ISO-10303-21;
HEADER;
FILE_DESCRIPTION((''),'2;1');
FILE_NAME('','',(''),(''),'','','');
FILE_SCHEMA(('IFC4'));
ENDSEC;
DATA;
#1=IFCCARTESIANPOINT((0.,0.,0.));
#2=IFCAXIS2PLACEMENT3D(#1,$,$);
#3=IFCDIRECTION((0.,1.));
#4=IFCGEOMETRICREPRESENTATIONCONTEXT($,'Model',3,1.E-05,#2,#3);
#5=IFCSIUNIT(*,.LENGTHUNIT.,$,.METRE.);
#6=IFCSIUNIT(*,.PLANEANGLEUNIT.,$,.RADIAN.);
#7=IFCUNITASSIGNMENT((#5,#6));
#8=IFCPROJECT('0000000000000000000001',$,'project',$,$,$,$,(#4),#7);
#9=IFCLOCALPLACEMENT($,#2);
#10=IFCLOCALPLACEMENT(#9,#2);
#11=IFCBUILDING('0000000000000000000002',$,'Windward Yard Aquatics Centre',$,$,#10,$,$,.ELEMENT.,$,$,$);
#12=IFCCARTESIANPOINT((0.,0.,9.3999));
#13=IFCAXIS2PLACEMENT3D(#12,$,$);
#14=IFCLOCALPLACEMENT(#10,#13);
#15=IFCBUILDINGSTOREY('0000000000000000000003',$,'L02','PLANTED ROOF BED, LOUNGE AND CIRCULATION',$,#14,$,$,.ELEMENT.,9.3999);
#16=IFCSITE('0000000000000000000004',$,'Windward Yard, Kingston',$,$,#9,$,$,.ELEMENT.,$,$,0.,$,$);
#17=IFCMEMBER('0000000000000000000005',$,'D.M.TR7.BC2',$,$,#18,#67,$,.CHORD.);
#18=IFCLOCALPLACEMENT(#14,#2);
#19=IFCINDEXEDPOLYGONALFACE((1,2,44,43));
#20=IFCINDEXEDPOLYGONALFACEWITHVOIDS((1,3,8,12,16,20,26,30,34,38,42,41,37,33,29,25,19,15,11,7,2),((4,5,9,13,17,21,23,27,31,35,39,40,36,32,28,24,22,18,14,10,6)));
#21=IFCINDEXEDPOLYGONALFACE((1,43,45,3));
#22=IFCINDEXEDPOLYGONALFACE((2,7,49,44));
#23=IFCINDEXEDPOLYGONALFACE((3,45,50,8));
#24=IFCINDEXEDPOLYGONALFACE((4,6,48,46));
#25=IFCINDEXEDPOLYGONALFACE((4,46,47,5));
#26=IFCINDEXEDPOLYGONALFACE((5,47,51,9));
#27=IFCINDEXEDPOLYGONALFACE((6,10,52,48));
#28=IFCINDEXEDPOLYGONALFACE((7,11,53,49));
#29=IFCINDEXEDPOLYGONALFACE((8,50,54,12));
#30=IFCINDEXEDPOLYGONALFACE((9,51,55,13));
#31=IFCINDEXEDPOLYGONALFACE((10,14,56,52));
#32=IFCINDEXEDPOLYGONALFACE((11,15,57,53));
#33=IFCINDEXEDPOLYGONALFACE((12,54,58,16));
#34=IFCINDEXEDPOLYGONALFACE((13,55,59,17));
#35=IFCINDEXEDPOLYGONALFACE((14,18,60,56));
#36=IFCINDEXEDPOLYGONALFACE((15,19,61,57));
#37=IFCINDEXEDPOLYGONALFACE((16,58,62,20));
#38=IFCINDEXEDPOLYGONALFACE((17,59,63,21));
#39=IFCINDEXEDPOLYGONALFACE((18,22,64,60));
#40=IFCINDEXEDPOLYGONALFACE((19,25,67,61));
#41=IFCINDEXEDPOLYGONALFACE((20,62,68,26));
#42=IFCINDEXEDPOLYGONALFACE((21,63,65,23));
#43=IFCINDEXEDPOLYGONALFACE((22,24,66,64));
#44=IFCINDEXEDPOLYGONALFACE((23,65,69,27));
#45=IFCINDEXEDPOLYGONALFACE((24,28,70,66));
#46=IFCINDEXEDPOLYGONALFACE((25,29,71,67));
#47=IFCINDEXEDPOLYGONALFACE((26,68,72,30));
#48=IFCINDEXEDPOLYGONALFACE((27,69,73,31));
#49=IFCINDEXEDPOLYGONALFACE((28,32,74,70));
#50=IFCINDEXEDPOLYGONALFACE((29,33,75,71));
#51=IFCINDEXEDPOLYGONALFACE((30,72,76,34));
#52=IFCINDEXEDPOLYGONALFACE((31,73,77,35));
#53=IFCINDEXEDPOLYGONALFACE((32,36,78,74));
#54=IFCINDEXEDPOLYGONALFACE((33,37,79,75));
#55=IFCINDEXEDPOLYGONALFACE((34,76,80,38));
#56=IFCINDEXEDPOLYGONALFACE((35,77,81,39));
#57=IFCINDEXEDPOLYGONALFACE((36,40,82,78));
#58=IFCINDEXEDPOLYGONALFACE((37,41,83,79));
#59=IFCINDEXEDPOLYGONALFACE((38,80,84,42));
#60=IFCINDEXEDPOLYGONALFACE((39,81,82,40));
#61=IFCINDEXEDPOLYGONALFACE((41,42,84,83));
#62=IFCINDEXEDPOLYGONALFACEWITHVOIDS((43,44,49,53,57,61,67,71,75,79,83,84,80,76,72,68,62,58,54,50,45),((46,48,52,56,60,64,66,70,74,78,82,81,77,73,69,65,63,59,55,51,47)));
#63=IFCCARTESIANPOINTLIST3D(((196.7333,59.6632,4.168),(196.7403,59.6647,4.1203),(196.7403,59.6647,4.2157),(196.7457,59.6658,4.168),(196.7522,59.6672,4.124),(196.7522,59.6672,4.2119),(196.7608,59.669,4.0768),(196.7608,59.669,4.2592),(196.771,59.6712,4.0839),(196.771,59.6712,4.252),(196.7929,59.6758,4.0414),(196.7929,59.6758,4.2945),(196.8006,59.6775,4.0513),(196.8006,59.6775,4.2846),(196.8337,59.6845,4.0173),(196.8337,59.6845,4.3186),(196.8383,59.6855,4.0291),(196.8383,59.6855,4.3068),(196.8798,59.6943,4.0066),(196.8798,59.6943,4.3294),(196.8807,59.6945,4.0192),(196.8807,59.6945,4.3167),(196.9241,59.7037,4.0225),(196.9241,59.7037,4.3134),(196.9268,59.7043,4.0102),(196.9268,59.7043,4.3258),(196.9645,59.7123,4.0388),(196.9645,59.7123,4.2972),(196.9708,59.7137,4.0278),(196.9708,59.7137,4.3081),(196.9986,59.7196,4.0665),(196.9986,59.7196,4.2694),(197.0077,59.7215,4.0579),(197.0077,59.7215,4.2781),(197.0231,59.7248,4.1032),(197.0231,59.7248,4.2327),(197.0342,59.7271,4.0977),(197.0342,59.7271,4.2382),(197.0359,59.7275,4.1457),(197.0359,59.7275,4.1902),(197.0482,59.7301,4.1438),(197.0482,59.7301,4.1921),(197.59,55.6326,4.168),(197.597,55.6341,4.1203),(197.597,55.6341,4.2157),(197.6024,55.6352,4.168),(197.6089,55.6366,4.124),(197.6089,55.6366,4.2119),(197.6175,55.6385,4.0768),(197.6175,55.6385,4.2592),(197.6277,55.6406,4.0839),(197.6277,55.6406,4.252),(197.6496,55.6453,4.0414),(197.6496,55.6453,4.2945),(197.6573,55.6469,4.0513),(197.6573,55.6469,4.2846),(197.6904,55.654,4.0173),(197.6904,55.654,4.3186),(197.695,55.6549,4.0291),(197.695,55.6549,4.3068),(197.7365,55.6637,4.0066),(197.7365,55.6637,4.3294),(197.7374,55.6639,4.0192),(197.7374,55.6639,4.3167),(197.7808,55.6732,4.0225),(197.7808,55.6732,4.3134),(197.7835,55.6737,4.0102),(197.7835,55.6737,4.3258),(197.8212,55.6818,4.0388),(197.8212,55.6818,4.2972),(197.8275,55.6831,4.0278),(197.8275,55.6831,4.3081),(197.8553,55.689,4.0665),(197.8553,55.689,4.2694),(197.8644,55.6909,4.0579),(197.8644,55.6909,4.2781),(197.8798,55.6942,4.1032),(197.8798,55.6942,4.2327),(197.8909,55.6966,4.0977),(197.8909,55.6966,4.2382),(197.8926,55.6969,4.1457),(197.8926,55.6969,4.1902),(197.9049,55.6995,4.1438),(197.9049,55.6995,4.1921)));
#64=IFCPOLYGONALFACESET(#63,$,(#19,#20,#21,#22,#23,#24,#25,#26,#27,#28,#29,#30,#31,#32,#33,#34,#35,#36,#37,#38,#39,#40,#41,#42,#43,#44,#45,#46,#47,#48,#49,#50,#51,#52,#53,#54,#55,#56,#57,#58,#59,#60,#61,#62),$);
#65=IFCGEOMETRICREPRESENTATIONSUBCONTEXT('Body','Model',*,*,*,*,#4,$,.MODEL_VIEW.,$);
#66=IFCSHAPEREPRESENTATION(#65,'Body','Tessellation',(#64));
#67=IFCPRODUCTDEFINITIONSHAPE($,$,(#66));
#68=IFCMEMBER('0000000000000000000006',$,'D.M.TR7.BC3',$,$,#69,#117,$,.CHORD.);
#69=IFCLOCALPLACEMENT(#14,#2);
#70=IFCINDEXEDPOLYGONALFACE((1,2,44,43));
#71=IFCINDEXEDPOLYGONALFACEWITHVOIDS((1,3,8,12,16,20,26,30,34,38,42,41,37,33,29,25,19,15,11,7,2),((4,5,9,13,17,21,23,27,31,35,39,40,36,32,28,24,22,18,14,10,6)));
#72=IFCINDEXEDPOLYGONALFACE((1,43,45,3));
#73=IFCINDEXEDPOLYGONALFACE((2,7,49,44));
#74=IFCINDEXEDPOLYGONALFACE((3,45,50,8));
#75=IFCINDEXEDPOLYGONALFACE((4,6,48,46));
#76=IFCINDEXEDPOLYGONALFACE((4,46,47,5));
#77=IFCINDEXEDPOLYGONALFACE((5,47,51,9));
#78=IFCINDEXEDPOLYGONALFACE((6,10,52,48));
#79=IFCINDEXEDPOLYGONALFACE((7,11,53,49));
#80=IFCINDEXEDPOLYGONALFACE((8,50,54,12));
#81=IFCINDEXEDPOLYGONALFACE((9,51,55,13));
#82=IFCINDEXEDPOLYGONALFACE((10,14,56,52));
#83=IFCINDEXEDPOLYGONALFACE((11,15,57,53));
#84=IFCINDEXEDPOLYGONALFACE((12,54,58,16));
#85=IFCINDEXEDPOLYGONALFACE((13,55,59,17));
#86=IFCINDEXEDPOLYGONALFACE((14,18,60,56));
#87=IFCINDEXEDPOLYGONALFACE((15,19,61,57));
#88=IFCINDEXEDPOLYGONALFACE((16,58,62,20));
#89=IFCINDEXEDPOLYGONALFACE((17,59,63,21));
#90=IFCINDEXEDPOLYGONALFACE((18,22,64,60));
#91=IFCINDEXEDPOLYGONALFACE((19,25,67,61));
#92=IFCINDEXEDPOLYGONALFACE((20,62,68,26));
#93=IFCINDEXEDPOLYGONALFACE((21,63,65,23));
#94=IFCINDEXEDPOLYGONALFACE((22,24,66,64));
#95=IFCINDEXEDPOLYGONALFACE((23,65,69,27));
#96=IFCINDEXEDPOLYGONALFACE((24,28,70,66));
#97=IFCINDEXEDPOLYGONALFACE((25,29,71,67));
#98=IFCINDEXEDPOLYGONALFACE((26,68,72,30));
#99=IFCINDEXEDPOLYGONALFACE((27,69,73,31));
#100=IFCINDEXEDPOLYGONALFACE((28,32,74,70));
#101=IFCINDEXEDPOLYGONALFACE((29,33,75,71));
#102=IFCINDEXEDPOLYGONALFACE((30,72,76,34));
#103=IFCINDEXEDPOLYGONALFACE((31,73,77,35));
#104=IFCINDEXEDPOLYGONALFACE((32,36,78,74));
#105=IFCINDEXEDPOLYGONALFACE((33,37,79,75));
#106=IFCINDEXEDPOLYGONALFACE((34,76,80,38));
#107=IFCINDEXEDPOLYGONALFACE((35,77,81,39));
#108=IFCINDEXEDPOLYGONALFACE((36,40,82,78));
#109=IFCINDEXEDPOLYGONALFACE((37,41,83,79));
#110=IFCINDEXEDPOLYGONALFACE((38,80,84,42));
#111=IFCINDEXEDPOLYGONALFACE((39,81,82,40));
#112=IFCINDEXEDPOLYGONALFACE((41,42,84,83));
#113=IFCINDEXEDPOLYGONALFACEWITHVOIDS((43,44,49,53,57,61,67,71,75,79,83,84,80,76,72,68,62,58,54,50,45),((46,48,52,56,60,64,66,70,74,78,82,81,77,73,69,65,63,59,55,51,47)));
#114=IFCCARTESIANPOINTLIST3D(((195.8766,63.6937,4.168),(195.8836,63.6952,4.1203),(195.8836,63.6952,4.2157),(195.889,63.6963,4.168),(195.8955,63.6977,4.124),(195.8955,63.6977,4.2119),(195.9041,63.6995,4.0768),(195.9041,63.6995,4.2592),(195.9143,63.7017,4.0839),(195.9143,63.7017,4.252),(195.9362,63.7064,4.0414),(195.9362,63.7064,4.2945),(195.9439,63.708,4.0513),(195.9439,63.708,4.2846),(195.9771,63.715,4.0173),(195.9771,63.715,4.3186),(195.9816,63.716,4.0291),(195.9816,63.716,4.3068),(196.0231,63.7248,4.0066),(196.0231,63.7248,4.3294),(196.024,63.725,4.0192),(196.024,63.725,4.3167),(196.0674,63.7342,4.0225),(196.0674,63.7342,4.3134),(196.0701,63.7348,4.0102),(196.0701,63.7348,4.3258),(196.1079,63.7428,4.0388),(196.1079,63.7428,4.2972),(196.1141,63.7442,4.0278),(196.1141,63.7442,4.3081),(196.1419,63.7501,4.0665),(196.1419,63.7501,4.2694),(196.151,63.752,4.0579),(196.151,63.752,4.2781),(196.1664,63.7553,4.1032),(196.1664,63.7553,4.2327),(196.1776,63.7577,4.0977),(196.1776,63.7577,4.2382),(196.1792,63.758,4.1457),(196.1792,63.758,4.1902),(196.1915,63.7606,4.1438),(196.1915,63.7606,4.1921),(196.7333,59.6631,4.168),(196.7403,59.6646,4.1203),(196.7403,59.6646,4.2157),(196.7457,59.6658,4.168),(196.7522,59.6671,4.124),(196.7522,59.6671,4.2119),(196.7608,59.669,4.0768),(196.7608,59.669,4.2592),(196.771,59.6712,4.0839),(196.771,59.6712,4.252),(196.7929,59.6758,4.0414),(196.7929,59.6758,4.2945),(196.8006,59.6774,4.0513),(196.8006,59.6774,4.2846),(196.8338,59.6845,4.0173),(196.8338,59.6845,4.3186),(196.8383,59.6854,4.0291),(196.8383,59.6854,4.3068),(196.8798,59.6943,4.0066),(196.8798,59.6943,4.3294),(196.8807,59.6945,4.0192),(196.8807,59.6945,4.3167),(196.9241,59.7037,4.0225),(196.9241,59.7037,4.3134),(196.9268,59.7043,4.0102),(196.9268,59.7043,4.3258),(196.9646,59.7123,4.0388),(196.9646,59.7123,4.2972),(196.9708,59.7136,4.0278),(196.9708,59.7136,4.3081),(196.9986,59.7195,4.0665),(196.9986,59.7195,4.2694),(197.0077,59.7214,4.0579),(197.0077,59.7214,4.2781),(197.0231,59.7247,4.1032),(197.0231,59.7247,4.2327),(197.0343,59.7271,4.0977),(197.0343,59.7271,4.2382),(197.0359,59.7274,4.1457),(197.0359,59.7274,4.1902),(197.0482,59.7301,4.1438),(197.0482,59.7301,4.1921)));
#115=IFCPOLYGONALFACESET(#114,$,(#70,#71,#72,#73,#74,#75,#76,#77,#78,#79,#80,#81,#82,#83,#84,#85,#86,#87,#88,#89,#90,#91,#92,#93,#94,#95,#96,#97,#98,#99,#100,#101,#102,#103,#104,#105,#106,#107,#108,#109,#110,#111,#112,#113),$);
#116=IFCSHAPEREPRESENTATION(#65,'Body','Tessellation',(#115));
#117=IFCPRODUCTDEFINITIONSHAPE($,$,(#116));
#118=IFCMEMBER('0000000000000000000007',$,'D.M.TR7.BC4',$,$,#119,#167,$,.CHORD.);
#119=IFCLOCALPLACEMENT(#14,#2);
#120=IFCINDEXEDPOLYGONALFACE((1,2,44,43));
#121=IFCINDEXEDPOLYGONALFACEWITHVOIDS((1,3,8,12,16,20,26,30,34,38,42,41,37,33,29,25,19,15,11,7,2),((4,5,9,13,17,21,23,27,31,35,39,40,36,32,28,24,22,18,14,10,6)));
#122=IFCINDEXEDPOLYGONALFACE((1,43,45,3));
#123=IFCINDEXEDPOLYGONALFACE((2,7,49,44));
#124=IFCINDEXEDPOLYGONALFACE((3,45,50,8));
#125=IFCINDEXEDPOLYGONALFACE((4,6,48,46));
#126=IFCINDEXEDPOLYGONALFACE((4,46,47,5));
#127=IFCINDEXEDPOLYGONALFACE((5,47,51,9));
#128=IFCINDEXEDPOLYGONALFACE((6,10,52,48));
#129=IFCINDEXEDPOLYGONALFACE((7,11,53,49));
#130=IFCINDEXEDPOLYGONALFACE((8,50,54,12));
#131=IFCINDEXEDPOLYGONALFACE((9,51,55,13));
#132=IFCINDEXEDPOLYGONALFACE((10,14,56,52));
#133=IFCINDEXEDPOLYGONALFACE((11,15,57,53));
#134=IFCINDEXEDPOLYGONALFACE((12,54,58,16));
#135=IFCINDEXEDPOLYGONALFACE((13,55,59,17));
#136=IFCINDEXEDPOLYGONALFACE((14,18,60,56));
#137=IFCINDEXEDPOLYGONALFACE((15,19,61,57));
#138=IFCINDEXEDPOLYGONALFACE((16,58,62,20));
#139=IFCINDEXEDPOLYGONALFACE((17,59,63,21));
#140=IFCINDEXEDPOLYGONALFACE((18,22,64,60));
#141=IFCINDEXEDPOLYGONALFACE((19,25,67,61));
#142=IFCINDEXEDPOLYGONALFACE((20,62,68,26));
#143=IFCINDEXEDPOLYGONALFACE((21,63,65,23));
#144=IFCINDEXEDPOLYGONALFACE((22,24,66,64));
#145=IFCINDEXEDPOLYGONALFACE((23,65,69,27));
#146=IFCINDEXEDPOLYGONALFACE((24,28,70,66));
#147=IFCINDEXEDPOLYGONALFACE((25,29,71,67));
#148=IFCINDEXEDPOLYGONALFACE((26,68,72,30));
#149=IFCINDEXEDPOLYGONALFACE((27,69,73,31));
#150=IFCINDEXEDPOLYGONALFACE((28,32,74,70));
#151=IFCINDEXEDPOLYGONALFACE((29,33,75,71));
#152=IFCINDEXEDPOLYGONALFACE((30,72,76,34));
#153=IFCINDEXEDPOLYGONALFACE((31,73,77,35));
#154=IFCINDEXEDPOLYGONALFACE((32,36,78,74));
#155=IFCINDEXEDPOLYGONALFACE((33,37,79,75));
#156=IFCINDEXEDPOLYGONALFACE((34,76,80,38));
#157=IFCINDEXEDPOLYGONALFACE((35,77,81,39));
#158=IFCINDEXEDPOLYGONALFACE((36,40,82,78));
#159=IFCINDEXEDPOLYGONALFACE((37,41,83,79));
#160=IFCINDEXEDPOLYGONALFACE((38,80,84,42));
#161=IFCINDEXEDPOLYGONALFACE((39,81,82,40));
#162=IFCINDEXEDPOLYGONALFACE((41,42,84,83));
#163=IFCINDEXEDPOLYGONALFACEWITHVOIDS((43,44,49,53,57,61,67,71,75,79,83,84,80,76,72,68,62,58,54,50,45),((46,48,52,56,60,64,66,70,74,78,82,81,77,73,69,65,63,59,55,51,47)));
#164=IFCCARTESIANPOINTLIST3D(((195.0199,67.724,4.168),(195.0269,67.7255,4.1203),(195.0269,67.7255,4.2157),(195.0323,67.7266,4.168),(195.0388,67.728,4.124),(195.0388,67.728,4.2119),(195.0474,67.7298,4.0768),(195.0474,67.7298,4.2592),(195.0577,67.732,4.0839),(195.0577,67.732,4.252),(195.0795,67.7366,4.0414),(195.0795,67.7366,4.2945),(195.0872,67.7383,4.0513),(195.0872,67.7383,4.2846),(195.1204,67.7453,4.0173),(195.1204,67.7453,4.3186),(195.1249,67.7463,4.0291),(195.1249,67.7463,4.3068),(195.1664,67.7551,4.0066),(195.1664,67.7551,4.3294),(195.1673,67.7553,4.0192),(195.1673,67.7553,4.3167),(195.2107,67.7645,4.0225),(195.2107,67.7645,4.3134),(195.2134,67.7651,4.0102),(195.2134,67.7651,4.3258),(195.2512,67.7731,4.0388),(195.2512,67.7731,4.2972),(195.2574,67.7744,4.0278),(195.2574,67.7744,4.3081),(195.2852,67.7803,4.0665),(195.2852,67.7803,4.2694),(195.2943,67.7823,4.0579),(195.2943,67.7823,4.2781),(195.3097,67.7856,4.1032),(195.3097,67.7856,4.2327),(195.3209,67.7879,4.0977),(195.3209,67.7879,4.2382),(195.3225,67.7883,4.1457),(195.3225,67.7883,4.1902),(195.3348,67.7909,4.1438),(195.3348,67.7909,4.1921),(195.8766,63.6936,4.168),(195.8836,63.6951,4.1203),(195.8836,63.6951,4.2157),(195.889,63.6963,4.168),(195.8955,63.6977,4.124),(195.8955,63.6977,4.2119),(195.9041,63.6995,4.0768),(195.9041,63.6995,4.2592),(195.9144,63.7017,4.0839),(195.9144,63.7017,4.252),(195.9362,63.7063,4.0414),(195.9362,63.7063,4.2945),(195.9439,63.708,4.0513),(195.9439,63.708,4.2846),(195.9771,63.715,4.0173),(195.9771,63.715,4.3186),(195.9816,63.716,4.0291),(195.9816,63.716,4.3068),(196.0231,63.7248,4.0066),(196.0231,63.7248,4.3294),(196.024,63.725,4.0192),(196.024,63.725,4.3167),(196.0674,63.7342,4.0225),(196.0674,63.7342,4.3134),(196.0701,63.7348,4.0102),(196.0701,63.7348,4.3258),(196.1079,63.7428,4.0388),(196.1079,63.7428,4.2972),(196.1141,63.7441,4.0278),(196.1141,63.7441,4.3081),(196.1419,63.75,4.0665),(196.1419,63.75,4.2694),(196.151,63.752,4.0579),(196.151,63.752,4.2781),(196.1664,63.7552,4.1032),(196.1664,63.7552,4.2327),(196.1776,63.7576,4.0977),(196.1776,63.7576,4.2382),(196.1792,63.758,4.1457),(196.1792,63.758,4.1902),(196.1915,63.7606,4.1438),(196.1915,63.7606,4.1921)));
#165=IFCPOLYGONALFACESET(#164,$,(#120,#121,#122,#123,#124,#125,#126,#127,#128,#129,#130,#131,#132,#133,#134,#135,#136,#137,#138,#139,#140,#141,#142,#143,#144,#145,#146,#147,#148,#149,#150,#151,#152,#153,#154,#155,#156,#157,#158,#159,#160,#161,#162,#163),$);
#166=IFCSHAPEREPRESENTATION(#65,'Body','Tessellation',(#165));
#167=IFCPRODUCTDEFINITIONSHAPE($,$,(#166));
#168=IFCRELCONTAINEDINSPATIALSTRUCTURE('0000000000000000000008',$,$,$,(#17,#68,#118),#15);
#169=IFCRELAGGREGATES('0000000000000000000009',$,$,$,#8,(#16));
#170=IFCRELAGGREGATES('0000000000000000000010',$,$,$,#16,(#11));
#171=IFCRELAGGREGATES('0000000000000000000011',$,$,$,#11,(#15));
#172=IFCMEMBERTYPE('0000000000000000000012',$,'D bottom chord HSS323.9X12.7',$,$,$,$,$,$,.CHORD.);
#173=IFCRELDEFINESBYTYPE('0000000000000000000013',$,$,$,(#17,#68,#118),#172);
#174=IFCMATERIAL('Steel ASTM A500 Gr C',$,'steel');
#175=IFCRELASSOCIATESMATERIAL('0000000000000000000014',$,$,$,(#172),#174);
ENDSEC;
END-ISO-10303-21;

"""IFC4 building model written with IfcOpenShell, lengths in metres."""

from ifc_helpers import new_model, si_unit, direction, frame, origin, origin_2d, place, context, subcontext, project, spatial, hollow_circle, extrude, material, material_profile, profile_set, type_object, element, save


model = new_model("IFC4")

# Units and contexts
model_context = context("Model", 3, precision=1e-05, world=origin(), true_north=direction((0.0, 1.0)))
body_context = subcontext(model_context, "Body", "Model", "MODEL_VIEW")
ifc_project = project(units=[si_unit("LENGTHUNIT", "METRE"), si_unit("PLANEANGLEUNIT", "RADIAN")], contexts=[model_context])

# Site, building, storey
site_placement = place(None, origin())
site = spatial("IfcSite", under=ifc_project, at=site_placement, Name="Windward Yard, Kingston", CompositionType="ELEMENT", RefElevation=0.0)
building_placement = place(site_placement, origin())
building = spatial("IfcBuilding", under=site, at=building_placement, Name="Windward Yard Aquatics Centre", CompositionType="ELEMENT")
storey_placement = place(building_placement, frame((0.0, 0.0, 9.3999)))
storey = spatial("IfcBuildingStorey", under=building, at=storey_placement, Name="L02", Description="PLANTED ROOF BED, LOUNGE AND CIRCULATION", CompositionType="ELEMENT", Elevation=9.3999)

# Shared definitions
ifc_material_1 = material(Name="Steel ASTM A500 Gr C", Category="steel")

# Members
ifc_material_profile_1 = material_profile(ifc_material_1, hollow_circle(Radius=0.1619, WallThickness=0.0127, at=origin_2d()), Name="HSS323.9X12.7")
ifc_profile_set_1 = profile_set([ifc_material_profile_1], Name="Steel ASTM A500 Gr C")
member_type = type_object("IfcMemberType", Name="D bottom chord HSS323.9X12.7", PredefinedType="CHORD", material=ifc_profile_set_1)
for number, where, z_axis, x_axis, name in (
    (1, (197.7483, 55.6663, 4.168), (-0.207906, 0.978149, 0.0), (-0.978149, -0.207906, 0.0), "D.M.TR7.BC2"),
    (2, (196.8916, 59.6968, 4.168), (-0.207906, 0.978149, 0.0), (-0.978149, -0.207906, 0.0), "D.M.TR7.BC3"),
):
    element("IfcMember", number, at=place(storey_placement, frame(where, z_axis=z_axis, x_axis=x_axis)), inside=storey, type_object=member_type, Name=name, PredefinedType="CHORD", context=body_context, shape_type="SweptSolid", body=[
        extrude(hollow_circle(Radius=0.1619, WallThickness=0.0127, at=origin_2d()), origin(), (0.0, 0.0, 1.0), 4.1206),
    ])
member_1_placement = place(storey_placement, frame((196.0349, 63.7273, 4.168), z_axis=(-0.207918, 0.978146, 0.0), x_axis=(-0.978146, -0.207918, 0.0)))
element("IfcMember", 3, at=member_1_placement, inside=storey, type_object=member_type, Name="D.M.TR7.BC4", PredefinedType="CHORD", context=body_context, shape_type="SweptSolid", body=[
    extrude(hollow_circle(Radius=0.1619, WallThickness=0.0127, at=origin_2d()), origin(), (0.0, 0.0, 1.0), 4.1204),
])

save(model, "model.ifc")
